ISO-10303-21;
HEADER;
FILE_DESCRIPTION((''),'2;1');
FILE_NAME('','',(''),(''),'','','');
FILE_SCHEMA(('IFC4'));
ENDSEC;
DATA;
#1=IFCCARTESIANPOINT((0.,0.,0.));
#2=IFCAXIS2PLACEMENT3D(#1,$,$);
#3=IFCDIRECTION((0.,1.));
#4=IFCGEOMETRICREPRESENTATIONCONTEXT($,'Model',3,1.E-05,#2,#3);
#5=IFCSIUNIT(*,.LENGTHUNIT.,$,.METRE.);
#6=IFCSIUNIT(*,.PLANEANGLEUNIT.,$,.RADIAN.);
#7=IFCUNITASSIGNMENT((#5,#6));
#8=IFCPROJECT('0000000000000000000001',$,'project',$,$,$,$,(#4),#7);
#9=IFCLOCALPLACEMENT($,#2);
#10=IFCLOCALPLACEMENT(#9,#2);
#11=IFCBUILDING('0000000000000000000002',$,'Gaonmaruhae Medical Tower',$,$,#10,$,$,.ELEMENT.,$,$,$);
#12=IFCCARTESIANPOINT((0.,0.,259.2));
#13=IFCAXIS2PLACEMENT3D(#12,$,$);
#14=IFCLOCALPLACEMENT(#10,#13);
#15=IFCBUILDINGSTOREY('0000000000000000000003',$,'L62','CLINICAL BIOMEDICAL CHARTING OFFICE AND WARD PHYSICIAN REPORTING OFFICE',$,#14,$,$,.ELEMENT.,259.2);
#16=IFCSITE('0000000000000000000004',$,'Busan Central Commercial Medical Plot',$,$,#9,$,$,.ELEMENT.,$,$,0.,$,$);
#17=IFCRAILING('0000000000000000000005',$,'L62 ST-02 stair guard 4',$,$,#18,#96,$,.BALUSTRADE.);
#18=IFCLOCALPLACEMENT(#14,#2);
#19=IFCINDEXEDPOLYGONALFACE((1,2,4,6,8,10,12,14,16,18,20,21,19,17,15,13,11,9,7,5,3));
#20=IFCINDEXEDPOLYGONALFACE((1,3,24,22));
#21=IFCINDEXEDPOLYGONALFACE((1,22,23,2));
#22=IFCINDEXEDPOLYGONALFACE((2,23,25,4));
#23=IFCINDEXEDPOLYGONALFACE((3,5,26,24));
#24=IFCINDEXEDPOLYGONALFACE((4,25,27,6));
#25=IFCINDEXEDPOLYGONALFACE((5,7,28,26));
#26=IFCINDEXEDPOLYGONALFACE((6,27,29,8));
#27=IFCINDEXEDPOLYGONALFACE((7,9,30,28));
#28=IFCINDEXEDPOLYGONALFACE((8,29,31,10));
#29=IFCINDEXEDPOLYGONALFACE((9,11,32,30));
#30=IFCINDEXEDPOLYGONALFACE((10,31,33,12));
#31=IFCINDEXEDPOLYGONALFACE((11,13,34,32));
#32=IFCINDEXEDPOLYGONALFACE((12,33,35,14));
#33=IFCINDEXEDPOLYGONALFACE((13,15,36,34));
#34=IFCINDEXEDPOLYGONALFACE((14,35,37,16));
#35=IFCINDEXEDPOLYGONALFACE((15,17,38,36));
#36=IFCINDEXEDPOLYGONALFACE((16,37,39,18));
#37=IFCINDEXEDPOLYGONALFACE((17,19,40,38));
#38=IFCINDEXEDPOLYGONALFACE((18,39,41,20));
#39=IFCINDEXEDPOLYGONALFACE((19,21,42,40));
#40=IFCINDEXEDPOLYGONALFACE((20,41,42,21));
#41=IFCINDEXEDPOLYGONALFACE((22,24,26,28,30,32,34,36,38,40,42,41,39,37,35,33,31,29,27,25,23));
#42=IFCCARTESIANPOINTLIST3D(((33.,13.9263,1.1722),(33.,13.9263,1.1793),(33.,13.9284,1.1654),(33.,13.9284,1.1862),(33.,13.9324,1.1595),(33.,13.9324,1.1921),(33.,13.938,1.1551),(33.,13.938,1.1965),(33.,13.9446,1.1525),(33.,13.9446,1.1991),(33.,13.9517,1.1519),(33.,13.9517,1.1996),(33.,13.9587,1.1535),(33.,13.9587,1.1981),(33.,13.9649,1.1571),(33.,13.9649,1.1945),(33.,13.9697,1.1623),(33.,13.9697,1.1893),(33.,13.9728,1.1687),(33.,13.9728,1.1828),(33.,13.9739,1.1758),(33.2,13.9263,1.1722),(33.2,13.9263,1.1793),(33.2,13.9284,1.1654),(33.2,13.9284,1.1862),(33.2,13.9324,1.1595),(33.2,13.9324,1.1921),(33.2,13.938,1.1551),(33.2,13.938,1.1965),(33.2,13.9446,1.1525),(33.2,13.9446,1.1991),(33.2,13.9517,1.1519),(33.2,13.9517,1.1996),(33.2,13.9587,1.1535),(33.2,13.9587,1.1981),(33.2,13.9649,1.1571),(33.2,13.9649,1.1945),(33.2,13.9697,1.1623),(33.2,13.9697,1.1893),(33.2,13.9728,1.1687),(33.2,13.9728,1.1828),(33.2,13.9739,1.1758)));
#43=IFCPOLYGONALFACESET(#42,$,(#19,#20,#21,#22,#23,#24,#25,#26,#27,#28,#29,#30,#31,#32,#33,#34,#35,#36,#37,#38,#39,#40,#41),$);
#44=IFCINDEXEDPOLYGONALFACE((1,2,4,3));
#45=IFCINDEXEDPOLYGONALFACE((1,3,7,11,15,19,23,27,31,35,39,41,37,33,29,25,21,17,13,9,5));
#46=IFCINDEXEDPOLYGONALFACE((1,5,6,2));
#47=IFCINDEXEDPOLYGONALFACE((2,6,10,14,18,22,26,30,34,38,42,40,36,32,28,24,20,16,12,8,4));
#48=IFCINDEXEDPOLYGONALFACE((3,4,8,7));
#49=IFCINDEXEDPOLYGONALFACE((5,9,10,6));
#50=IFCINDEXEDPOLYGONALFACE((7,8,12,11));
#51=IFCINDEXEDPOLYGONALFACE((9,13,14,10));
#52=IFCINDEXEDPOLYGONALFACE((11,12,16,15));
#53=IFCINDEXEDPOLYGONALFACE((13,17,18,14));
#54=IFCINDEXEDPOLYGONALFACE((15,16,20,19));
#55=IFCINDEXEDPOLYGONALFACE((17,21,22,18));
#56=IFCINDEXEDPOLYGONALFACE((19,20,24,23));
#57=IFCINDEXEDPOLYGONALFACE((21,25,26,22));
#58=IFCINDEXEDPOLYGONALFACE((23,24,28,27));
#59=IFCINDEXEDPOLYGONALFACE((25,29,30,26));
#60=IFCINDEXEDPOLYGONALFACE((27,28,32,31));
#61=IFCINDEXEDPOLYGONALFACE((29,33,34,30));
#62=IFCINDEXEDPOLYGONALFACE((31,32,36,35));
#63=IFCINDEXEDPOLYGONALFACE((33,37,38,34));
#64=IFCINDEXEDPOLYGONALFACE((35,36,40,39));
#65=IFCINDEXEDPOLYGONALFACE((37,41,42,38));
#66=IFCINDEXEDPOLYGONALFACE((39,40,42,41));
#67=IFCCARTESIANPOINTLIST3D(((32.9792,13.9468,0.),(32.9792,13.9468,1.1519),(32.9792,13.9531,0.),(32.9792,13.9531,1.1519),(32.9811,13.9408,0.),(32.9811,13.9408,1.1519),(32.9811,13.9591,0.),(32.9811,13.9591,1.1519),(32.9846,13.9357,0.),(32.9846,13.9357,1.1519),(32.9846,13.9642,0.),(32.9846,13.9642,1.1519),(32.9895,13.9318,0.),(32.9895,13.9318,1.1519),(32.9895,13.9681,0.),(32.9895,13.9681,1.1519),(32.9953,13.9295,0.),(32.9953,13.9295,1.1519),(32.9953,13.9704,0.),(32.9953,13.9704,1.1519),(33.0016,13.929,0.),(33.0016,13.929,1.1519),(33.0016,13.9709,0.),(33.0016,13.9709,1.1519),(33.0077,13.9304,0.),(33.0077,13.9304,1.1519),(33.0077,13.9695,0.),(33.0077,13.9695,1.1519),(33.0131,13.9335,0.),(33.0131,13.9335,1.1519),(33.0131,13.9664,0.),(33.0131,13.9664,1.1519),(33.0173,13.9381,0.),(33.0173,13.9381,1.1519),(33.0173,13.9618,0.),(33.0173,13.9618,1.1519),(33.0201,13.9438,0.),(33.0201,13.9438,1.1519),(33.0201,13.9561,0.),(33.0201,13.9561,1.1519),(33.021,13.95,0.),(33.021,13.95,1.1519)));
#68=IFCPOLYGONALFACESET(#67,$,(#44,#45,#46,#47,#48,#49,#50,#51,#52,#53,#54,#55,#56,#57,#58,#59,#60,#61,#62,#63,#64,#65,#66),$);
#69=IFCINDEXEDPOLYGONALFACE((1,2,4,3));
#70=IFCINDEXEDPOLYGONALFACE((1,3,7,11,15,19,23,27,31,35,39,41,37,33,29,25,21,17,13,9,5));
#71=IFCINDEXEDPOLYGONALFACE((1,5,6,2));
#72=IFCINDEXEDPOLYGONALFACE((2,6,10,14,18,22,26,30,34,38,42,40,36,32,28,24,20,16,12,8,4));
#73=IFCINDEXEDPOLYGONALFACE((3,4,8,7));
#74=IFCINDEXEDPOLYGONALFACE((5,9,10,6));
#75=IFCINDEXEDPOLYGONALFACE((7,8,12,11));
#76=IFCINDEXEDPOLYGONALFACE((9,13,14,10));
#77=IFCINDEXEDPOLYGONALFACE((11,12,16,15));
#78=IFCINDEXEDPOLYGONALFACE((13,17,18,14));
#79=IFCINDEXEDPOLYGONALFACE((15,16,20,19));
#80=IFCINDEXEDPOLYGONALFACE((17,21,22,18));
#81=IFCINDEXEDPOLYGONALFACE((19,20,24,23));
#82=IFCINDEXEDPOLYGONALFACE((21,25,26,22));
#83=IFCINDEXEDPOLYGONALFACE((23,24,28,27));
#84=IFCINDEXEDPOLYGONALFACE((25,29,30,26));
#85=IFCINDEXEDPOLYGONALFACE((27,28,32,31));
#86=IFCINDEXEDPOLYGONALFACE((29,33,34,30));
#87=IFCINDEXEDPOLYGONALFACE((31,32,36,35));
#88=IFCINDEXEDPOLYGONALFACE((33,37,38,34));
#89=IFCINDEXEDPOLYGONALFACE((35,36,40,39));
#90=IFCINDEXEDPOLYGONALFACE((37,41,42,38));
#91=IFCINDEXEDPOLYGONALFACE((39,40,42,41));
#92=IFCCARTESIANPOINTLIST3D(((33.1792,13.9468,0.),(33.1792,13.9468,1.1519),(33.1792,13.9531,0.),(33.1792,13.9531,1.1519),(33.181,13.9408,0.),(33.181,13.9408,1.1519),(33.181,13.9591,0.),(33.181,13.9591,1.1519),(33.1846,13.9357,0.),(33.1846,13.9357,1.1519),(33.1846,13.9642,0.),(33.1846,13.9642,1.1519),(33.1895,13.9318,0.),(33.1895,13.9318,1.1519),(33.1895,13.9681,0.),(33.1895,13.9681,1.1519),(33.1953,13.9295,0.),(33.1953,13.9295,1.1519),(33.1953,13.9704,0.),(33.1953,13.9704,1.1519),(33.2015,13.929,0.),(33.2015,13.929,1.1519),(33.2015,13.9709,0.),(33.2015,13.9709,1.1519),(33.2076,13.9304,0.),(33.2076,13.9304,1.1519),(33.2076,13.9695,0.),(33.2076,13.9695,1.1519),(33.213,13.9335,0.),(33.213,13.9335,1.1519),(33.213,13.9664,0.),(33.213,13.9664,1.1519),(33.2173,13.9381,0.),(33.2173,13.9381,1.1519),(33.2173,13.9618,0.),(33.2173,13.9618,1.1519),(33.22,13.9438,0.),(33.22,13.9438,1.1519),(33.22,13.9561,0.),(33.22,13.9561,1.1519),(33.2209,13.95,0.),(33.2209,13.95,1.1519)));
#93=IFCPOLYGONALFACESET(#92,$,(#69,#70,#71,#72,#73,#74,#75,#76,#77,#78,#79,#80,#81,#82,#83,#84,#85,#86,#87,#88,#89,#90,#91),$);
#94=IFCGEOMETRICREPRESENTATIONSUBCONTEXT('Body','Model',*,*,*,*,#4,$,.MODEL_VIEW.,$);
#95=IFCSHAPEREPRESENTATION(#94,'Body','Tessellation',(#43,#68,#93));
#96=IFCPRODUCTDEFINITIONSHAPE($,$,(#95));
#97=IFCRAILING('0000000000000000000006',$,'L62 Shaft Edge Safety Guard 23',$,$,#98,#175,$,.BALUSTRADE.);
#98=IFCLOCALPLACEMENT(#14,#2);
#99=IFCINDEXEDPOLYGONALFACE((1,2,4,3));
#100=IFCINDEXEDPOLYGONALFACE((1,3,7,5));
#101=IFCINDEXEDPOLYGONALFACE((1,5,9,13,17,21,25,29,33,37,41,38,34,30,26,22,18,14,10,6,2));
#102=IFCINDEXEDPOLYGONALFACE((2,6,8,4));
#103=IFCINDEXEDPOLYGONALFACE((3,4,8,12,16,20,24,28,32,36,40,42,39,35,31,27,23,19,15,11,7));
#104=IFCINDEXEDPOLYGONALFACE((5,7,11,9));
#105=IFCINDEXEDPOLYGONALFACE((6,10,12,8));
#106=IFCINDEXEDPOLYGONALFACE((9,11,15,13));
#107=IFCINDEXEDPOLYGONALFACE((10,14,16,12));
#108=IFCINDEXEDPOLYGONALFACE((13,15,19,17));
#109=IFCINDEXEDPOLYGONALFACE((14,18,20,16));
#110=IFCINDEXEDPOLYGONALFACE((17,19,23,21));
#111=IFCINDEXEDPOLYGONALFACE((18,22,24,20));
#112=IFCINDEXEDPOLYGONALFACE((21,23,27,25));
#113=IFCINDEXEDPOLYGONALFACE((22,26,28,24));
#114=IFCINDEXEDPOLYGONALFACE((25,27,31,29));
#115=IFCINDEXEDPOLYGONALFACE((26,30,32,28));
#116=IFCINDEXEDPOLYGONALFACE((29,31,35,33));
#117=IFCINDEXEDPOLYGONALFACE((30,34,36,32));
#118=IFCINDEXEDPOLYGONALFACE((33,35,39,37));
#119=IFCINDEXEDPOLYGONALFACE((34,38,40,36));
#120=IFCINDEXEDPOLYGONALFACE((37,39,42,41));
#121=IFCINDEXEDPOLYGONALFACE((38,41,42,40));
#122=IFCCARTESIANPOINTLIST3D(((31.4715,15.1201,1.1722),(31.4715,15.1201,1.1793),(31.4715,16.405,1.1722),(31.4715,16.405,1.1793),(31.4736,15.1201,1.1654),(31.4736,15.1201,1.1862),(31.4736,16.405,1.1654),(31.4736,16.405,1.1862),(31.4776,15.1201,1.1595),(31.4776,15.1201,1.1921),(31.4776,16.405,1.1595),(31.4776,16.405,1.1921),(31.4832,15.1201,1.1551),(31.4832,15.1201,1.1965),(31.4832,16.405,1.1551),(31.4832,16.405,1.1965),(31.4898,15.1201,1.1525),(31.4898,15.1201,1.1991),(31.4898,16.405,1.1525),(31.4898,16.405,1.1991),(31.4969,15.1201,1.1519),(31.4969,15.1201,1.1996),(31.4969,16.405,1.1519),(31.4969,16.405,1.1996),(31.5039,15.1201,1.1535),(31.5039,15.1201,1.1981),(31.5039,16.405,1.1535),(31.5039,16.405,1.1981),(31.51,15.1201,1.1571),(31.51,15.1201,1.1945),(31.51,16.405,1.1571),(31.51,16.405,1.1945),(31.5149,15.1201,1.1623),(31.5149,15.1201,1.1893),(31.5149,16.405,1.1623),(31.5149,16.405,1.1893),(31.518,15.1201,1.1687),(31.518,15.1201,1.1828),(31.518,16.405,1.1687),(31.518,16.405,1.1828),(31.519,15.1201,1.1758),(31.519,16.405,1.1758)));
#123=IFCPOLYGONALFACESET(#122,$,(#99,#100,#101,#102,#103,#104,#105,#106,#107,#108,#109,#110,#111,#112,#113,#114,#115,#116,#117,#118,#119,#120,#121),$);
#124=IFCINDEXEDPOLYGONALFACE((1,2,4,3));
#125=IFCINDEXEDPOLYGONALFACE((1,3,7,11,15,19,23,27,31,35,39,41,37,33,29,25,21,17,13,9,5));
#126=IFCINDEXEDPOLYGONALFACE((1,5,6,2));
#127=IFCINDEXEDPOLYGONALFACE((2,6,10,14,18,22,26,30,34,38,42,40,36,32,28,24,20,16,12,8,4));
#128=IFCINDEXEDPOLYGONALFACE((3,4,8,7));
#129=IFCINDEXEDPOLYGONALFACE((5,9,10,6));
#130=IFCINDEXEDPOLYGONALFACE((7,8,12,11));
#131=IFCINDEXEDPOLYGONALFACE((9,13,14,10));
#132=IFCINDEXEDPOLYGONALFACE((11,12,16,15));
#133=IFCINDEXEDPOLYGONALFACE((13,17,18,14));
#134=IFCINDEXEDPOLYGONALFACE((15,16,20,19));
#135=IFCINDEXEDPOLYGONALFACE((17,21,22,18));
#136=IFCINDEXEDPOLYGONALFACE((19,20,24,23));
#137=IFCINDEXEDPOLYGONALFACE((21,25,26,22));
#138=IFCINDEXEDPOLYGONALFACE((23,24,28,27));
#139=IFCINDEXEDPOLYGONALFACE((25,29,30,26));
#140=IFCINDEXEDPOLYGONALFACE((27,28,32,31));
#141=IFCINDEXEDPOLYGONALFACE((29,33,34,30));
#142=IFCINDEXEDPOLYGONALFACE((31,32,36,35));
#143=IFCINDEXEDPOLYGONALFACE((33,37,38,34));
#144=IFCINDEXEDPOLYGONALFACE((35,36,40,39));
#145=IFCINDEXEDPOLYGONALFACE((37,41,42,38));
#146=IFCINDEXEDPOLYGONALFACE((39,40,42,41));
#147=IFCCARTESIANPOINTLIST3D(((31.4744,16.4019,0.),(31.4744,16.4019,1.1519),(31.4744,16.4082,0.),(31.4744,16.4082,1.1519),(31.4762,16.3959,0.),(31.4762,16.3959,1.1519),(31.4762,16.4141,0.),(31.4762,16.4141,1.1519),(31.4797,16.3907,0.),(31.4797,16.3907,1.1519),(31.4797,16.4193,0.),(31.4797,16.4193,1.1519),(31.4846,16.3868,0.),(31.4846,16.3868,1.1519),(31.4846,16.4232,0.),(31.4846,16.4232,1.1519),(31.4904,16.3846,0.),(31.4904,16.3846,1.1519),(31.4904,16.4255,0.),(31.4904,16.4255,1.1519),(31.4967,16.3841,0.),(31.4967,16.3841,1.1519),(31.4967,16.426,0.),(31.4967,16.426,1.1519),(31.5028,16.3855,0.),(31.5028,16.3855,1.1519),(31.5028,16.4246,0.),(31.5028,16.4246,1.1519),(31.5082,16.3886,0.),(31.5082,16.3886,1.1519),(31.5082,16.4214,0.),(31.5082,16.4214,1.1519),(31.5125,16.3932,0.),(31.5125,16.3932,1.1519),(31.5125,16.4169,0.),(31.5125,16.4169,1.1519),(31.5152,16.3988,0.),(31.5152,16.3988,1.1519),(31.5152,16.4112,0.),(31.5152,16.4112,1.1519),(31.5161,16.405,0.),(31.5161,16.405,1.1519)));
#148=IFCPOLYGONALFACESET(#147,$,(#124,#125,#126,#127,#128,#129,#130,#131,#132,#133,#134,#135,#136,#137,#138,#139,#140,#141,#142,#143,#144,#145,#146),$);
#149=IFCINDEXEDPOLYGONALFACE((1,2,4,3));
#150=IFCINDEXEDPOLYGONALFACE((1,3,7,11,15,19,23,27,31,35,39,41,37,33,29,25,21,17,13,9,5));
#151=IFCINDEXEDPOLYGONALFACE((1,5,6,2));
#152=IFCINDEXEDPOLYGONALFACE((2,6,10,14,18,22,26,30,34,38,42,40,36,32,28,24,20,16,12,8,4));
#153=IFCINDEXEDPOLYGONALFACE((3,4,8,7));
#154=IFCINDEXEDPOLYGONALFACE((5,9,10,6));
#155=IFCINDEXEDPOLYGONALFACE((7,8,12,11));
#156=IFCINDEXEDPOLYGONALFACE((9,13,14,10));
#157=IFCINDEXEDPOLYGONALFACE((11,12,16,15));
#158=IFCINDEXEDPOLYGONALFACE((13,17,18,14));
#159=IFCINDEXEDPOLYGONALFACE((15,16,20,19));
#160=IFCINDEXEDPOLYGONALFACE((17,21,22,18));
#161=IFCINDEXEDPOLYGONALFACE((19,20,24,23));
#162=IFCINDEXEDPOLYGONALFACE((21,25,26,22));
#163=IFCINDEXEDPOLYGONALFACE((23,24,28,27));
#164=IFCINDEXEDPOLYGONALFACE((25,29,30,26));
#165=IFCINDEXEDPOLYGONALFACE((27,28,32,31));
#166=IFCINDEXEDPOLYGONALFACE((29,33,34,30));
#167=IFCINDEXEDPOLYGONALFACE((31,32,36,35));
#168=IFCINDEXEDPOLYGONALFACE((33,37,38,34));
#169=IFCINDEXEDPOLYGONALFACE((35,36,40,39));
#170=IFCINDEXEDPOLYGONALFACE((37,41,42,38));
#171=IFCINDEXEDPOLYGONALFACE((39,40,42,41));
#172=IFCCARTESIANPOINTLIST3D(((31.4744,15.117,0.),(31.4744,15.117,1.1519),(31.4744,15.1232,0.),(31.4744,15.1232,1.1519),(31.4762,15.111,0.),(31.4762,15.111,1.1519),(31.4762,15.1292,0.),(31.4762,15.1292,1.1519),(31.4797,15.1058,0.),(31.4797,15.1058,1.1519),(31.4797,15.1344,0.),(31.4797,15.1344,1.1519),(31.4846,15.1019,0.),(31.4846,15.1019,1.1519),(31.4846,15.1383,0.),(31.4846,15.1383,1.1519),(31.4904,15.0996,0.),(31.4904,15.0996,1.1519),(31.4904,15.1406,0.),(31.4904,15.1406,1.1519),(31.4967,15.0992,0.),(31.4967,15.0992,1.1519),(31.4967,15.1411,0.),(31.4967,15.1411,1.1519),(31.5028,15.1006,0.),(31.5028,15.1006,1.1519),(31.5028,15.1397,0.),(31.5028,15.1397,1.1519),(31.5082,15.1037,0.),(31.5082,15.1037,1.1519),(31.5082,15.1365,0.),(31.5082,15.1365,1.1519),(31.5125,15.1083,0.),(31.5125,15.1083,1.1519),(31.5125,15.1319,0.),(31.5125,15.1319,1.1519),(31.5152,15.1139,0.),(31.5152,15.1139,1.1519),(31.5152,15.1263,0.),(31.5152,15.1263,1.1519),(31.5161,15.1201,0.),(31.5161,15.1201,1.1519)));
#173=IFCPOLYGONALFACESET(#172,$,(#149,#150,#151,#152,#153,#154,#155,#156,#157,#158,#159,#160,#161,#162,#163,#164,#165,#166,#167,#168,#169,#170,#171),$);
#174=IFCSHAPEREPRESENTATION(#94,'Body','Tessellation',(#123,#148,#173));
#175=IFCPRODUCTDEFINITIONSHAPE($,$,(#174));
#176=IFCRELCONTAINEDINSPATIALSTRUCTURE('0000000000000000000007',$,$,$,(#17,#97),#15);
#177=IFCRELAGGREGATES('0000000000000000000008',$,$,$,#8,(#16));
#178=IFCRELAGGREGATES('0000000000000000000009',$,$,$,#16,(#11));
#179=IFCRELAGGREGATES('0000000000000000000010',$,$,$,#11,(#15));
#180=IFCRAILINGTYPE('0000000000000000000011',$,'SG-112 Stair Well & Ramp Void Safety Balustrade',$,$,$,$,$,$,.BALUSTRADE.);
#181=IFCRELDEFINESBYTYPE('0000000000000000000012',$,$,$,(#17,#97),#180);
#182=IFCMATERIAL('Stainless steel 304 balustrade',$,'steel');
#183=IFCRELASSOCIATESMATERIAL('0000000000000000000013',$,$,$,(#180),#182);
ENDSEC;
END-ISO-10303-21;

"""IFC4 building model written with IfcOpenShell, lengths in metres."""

from ifc_helpers import new_model, si_unit, direction, frame, origin, origin_2d, place, context, subcontext, project, spatial, circle, extrude, material, type_object, element, save


model = new_model("IFC4")

# Units and contexts
model_context = context("Model", 3, precision=1e-05, world=origin(), true_north=direction((0.0, 1.0)))
body_context = subcontext(model_context, "Body", "Model", "MODEL_VIEW")
ifc_project = project(units=[si_unit("LENGTHUNIT", "METRE"), si_unit("PLANEANGLEUNIT", "RADIAN")], contexts=[model_context])

# Site, building, storey
site_placement = place(None, origin())
site = spatial("IfcSite", under=ifc_project, at=site_placement, Name="Busan Central Commercial Medical Plot", CompositionType="ELEMENT", RefElevation=0.0)
building_placement = place(site_placement, origin())
building = spatial("IfcBuilding", under=site, at=building_placement, Name="Gaonmaruhae Medical Tower", CompositionType="ELEMENT")
storey_placement = place(building_placement, frame((0.0, 0.0, 259.2)))
storey = spatial("IfcBuildingStorey", under=building, at=storey_placement, Name="L62", Description="CLINICAL BIOMEDICAL CHARTING OFFICE AND WARD PHYSICIAN REPORTING OFFICE", CompositionType="ELEMENT", Elevation=259.2)

# Railings
ifc_material_1 = material(Name="Stainless steel 304 balustrade", Category="steel")
railing_type_1 = type_object("IfcRailingType", Name="SG-112 Stair Well & Ramp Void Safety Balustrade", PredefinedType="BALUSTRADE", material=ifc_material_1)
railing_1_placement = place(storey_placement, frame((33.0, 13.95, 0.0)))
element("IfcRailing", 1, at=railing_1_placement, inside=storey, type_object=railing_type_1, Name="L62 ST-02 stair guard 4", PredefinedType="BALUSTRADE", context=body_context, shape_type="SweptSolid", body=[
    extrude(circle(Radius=0.0239, at=origin_2d()), frame((0.0, 0.0, 1.1758), z_axis=(1.0, 0.0, 0.0), x_axis=(0.0, 1.0, 0.0)), (0.0, 0.0, 1.0), 0.2),
    extrude(circle(Radius=0.021, at=origin_2d()), origin(), (0.0, 0.0, 1.0), 1.1519),
    extrude(circle(Radius=0.021, at=origin_2d()), frame((0.2, 0.0, 0.0)), (0.0, 0.0, 1.0), 1.1519),
])
railing_2_placement = place(storey_placement, frame((31.4951, 16.405, 0.0)))
element("IfcRailing", 2, at=railing_2_placement, inside=storey, type_object=railing_type_1, Name="L62 Shaft Edge Safety Guard 23", PredefinedType="BALUSTRADE", context=body_context, shape_type="SweptSolid", body=[
    extrude(circle(Radius=0.0239, at=origin_2d()), frame((0.0, 0.0, 1.1758), z_axis=(0.0, -1.0, 0.0), x_axis=(1.0, 0.0, 0.0)), (0.0, 0.0, 1.0), 1.2849),
    extrude(circle(Radius=0.021, at=origin_2d()), origin(), (0.0, 0.0, 1.0), 1.1519),
    extrude(circle(Radius=0.021, at=origin_2d()), frame((0.0, -1.2849, 0.0)), (0.0, 0.0, 1.0), 1.1519),
])

save(model, "model.ifc")
